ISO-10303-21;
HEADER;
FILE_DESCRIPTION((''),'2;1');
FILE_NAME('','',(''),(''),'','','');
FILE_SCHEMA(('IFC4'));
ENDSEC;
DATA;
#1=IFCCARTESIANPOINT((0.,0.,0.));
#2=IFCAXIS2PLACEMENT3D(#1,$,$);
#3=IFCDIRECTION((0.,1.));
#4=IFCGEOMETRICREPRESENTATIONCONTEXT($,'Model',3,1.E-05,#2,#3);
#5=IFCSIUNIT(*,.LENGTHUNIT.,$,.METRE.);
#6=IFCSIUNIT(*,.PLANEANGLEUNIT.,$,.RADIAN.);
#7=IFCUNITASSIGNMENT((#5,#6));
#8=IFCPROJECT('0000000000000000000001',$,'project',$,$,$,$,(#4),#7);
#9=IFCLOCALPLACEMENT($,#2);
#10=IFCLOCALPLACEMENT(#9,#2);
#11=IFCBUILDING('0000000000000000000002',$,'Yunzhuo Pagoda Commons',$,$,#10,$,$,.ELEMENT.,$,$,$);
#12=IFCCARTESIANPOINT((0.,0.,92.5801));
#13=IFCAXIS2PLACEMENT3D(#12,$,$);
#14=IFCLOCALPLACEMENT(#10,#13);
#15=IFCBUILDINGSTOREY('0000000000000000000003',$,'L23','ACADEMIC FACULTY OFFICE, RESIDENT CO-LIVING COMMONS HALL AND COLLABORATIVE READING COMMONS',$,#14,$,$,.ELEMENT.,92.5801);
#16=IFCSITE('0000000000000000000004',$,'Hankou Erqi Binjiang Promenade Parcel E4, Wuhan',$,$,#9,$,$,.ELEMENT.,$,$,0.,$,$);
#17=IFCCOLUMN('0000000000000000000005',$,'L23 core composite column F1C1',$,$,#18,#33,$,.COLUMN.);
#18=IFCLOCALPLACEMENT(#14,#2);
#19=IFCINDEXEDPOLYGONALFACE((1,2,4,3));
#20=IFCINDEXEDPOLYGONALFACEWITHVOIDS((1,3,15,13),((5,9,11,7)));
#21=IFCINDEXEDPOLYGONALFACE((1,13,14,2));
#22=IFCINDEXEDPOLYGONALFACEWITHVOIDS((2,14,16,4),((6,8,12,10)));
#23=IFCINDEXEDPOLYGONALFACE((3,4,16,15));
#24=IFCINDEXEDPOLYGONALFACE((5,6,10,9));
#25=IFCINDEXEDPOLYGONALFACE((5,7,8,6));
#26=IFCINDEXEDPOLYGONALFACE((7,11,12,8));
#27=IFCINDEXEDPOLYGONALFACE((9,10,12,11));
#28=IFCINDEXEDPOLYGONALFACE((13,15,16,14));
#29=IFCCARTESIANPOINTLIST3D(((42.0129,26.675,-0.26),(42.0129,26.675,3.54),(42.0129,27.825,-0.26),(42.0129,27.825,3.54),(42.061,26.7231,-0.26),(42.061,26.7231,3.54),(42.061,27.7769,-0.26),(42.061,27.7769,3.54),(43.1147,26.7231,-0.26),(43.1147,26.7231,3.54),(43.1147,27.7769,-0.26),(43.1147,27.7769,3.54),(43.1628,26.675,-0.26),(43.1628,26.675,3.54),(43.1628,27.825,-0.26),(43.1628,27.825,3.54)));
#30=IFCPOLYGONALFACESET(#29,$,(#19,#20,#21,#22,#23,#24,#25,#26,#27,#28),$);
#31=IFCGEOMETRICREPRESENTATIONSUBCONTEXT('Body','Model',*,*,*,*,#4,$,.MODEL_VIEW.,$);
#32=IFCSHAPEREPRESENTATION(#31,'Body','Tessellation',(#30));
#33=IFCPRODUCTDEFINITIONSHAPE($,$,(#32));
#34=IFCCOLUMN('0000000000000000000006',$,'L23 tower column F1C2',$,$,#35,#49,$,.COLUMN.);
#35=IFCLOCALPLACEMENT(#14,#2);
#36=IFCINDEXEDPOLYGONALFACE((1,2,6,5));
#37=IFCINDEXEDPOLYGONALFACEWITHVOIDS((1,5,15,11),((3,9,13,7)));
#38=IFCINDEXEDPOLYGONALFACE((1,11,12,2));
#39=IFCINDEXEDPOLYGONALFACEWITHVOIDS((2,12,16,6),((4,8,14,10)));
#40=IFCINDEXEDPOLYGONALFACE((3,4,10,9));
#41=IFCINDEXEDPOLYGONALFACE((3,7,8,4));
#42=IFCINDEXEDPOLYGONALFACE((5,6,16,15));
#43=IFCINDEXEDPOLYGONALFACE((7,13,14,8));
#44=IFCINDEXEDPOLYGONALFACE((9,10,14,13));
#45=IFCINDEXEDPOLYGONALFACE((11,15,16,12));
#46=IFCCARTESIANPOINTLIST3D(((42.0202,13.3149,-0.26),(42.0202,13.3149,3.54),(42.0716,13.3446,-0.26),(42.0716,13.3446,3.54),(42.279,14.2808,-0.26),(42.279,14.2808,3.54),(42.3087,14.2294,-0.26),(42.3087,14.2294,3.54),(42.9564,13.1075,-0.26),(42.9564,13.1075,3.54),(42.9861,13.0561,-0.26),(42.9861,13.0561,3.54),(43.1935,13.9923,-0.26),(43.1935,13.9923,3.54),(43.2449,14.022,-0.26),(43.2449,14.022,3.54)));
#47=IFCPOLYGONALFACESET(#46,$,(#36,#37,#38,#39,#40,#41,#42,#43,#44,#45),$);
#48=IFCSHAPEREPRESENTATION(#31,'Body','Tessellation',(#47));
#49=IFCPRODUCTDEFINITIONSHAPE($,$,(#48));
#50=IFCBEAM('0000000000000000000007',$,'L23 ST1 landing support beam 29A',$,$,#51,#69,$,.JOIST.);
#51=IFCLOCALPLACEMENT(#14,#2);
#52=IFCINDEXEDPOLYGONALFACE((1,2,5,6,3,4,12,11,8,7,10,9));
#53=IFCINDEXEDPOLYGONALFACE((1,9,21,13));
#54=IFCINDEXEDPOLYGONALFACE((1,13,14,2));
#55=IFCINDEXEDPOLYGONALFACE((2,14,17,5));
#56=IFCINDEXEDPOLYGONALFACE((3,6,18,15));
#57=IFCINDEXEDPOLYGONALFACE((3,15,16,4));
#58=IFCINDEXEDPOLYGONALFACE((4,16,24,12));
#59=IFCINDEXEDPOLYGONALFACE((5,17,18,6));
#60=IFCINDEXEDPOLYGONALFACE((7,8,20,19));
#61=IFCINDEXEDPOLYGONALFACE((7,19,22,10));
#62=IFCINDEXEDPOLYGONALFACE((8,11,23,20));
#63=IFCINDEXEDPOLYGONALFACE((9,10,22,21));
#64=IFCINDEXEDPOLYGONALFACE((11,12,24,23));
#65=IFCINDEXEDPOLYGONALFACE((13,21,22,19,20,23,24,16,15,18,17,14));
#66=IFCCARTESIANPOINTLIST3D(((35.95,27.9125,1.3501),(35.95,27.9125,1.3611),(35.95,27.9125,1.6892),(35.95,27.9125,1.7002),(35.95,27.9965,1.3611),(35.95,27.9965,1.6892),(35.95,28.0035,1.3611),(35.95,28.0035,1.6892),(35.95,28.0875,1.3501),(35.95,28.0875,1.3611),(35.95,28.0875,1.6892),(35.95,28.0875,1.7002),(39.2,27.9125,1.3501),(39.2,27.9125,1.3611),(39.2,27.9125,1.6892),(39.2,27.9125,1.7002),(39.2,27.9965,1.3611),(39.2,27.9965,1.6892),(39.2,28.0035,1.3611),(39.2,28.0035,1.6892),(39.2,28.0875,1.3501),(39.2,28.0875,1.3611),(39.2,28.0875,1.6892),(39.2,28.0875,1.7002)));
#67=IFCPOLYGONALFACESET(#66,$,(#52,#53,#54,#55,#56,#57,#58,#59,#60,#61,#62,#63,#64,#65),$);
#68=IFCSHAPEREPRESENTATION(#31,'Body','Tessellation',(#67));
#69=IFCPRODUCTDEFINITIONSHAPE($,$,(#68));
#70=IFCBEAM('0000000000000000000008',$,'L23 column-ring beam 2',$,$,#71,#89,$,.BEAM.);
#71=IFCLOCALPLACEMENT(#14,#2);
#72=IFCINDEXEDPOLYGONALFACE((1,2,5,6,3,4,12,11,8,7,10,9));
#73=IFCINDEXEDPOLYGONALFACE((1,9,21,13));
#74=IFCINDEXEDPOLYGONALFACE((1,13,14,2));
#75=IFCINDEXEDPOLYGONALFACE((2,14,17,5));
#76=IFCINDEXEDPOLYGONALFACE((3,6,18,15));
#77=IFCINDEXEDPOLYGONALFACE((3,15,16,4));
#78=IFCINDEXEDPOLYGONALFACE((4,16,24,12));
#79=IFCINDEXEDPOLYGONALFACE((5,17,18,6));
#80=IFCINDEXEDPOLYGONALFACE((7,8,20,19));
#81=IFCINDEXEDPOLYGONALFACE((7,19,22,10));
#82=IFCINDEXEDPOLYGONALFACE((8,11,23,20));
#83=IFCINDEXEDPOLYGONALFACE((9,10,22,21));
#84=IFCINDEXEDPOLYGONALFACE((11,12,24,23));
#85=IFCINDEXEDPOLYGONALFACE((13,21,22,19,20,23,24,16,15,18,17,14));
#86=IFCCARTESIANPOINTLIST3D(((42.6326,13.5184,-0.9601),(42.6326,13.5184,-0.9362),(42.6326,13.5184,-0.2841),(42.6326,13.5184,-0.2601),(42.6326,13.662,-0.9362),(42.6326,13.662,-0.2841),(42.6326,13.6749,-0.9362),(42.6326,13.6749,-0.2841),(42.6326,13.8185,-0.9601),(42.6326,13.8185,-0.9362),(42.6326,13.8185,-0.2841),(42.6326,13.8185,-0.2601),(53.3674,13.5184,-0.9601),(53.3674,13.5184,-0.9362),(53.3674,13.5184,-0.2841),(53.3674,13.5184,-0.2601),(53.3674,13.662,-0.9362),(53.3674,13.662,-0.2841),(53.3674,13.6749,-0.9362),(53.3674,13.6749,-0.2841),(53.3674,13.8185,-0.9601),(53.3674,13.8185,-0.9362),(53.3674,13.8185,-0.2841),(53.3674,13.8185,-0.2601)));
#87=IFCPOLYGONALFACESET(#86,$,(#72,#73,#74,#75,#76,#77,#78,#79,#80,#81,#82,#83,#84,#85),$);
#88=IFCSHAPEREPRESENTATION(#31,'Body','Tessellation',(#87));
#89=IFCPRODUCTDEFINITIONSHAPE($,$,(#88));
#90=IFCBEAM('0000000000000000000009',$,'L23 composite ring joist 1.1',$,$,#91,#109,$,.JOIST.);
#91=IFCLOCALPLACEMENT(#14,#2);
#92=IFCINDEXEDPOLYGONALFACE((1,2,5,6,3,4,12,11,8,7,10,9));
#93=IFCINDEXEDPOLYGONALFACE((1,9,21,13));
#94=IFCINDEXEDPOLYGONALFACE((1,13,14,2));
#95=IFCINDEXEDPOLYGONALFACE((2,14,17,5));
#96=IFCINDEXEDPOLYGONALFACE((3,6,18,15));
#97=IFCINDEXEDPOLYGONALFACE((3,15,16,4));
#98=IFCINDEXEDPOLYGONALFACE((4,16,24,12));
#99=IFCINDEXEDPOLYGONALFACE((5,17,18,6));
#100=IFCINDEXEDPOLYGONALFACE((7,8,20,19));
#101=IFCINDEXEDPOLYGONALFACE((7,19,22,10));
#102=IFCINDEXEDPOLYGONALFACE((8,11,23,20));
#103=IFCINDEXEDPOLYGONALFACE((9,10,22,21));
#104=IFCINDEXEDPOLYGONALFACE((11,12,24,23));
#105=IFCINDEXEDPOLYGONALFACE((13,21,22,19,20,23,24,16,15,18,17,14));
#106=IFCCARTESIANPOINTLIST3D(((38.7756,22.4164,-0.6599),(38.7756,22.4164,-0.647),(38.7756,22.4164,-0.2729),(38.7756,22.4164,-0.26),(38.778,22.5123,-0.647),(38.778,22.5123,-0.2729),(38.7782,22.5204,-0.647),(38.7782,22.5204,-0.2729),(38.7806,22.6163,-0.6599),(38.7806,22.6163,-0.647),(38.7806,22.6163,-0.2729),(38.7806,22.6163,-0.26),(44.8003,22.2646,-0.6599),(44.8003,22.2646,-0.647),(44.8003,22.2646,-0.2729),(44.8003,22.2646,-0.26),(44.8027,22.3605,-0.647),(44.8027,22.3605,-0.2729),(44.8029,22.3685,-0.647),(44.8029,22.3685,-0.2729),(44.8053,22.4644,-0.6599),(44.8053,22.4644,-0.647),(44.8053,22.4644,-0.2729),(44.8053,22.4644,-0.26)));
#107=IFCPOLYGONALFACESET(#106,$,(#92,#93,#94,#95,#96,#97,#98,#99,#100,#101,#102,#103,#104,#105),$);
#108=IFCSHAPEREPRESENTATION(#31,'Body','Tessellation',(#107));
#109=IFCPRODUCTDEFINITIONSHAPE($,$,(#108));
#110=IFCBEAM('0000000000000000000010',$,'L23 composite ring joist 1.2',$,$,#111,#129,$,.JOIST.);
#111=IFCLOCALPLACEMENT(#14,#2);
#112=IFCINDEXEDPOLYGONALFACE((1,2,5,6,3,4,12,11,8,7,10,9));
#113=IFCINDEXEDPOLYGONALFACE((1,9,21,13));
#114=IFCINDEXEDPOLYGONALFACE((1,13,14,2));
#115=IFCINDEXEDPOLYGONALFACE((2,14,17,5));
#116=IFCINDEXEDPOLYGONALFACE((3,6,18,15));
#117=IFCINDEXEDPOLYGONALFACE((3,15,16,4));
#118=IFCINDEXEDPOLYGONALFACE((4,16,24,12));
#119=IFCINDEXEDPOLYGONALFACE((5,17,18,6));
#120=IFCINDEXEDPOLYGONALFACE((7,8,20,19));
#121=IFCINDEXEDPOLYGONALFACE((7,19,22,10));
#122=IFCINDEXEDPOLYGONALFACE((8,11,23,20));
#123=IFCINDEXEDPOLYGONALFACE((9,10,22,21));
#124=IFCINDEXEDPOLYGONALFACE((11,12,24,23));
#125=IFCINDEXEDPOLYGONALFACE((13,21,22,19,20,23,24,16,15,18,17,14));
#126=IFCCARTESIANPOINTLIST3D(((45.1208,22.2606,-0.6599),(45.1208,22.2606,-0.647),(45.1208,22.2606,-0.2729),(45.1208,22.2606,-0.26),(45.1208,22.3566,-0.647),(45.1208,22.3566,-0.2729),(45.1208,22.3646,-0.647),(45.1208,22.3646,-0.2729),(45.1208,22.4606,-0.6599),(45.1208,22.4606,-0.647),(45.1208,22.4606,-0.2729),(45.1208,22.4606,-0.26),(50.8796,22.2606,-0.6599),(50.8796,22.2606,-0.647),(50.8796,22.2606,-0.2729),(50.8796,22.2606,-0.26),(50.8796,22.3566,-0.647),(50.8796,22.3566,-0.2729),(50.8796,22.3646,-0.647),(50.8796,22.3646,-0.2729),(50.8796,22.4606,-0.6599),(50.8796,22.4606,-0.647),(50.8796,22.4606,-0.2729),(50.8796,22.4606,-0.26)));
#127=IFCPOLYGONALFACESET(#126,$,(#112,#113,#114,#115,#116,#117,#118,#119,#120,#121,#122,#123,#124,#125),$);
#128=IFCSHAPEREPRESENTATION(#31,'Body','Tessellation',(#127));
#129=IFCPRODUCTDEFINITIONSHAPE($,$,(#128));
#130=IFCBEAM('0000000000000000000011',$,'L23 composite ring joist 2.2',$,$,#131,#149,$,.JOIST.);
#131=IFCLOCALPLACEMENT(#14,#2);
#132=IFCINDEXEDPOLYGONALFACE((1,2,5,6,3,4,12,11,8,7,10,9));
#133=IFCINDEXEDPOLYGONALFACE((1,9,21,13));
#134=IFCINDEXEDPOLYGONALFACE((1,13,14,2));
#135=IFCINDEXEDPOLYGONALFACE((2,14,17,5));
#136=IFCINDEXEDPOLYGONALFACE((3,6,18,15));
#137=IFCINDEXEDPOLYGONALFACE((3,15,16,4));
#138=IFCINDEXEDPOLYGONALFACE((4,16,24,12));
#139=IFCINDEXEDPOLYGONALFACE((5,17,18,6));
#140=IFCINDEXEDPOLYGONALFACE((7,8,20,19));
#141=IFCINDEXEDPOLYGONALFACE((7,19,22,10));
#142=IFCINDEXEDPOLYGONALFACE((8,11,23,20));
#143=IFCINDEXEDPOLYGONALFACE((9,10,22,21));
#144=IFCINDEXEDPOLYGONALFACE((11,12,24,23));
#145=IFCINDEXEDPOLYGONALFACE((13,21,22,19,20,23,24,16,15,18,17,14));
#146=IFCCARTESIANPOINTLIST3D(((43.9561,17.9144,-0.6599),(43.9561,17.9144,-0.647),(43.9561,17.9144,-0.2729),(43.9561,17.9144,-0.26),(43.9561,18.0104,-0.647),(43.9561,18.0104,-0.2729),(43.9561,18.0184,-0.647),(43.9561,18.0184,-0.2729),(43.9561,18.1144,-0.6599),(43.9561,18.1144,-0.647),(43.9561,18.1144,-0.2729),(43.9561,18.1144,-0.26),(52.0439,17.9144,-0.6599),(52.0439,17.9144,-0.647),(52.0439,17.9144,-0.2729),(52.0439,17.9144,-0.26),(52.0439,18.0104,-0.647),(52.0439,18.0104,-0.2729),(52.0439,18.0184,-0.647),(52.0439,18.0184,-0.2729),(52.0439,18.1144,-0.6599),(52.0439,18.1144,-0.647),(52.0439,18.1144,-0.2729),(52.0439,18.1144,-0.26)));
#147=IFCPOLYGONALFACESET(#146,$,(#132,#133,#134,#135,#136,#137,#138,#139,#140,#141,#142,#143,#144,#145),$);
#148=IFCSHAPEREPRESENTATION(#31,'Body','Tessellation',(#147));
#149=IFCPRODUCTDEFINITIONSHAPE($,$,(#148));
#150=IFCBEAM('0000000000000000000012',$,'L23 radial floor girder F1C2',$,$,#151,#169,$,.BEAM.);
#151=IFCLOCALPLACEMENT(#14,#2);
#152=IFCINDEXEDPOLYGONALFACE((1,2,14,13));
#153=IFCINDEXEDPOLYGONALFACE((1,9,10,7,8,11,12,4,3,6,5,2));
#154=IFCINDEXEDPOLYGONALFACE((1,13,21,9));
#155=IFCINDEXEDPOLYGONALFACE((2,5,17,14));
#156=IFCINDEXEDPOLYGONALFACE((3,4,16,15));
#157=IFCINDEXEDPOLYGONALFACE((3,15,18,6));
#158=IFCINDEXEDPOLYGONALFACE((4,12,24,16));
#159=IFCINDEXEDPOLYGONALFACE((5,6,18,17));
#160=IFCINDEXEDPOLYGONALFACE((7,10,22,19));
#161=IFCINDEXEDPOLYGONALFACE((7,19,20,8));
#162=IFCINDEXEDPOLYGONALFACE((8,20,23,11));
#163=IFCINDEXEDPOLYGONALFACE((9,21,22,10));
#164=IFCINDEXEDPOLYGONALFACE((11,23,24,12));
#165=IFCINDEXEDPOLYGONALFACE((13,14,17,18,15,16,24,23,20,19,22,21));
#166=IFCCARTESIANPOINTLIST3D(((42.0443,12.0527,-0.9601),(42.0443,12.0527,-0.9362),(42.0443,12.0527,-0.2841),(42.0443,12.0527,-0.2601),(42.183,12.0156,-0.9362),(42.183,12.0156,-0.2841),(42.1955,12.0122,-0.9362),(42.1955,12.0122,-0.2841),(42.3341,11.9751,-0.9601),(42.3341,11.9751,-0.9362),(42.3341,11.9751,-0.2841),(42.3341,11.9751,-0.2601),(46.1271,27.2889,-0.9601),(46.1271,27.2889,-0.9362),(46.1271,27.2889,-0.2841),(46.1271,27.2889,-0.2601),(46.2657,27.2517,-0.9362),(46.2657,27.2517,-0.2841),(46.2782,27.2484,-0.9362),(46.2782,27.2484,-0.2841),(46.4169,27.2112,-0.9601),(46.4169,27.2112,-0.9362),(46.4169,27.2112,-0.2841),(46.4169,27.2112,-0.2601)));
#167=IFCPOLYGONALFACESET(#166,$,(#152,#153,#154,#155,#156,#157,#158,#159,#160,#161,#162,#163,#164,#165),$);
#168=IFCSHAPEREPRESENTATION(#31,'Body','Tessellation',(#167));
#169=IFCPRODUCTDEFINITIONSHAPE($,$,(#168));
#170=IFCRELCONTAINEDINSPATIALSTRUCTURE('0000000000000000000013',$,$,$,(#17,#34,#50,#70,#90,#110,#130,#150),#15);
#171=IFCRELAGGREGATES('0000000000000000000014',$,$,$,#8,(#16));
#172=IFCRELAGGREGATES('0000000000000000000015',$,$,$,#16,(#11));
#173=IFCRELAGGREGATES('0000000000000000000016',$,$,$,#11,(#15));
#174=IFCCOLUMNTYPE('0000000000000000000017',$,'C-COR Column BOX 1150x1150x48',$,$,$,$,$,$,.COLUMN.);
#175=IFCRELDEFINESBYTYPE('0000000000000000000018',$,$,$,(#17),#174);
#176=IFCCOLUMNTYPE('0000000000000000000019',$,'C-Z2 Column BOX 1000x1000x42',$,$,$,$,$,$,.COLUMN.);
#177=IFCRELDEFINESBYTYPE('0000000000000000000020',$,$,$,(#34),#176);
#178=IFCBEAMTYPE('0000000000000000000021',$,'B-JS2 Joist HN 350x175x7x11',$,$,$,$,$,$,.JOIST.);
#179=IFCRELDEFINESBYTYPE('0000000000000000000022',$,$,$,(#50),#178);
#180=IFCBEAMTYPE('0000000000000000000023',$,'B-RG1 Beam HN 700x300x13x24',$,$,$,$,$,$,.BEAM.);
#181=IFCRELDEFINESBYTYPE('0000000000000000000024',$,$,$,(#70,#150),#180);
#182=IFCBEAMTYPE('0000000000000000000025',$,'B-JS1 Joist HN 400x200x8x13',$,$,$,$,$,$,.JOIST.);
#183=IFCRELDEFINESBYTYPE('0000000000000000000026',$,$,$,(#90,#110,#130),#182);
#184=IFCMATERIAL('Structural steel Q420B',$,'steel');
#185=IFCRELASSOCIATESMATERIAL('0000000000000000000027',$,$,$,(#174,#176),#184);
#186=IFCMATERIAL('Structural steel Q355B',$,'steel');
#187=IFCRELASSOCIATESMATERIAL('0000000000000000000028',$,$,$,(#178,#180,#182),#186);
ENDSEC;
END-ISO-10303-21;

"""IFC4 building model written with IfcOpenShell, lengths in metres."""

from ifc_helpers import new_model, si_unit, direction, frame, origin, origin_2d, place, context, subcontext, project, spatial, hollow_rectangle, i_section, extrude, source, transform, mapped, material, material_profile, profile_set, type_object, element, save


model = new_model("IFC4")

# Units and contexts
model_context = context("Model", 3, precision=1e-05, world=origin(), true_north=direction((0.0, 1.0)))
body_context = subcontext(model_context, "Body", "Model", "MODEL_VIEW")
ifc_project = project(units=[si_unit("LENGTHUNIT", "METRE"), si_unit("PLANEANGLEUNIT", "RADIAN")], contexts=[model_context])

# Site, building, storey
site_placement = place(None, origin())
site = spatial("IfcSite", under=ifc_project, at=site_placement, Name="Hankou Erqi Binjiang Promenade Parcel E4, Wuhan", CompositionType="ELEMENT", RefElevation=0.0)
building_placement = place(site_placement, origin())
building = spatial("IfcBuilding", under=site, at=building_placement, Name="Yunzhuo Pagoda Commons", CompositionType="ELEMENT")
storey_placement = place(building_placement, frame((0.0, 0.0, 92.5801)))
storey = spatial("IfcBuildingStorey", under=building, at=storey_placement, Name="L23", Description="ACADEMIC FACULTY OFFICE, RESIDENT CO-LIVING COMMONS HALL AND COLLABORATIVE READING COMMONS", CompositionType="ELEMENT", Elevation=92.5801)

# Columns
ifc_material_1 = material(Name="Structural steel Q420B", Category="steel")
ifc_material_profile_1 = material_profile(ifc_material_1, hollow_rectangle(XDim=1.1499, YDim=1.1499, WallThickness=0.0481, at=origin_2d()), Name="Structural steel Q420B")
ifc_profile_set_1 = profile_set([ifc_material_profile_1], Name="Structural steel Q420B")
column_type_1 = type_object("IfcColumnType", Name="C-COR Column BOX 1150x1150x48", PredefinedType="COLUMN", material=ifc_profile_set_1)
shared_shape_1 = source(origin(), body_context, "Body", "SweptSolid", [
    extrude(hollow_rectangle(XDim=1.1499, YDim=1.1499, WallThickness=0.0481, at=origin_2d()), origin(), (0.0, 0.0, 1.0), 3.8),
])
column_1_placement = place(storey_placement, frame((42.5879, 27.25, -0.26), z_axis=(0.0, 0.0, 1.0), x_axis=(1.0, 0.0, 0.0)))
element("IfcColumn", 1, at=column_1_placement, inside=storey, type_object=column_type_1, Name="L23 core composite column F1C1", PredefinedType="COLUMN", context=body_context, shape_type="MappedRepresentation", body=[
    mapped(shared_shape_1, transform((0.0, 0.0, 0.0), scale=1.0)),
])
ifc_material_profile_2 = material_profile(ifc_material_1, hollow_rectangle(XDim=1.0, YDim=1.0, WallThickness=0.042, at=origin_2d()), Name="Structural steel Q420B")
ifc_profile_set_2 = profile_set([ifc_material_profile_2], Name="Structural steel Q420B")
column_type_2 = type_object("IfcColumnType", Name="C-Z2 Column BOX 1000x1000x42", PredefinedType="COLUMN", material=ifc_profile_set_2)
shared_shape_2 = source(origin(), body_context, "Body", "SweptSolid", [
    extrude(hollow_rectangle(XDim=1.0, YDim=1.0, WallThickness=0.042, at=origin_2d()), origin(), (0.0, 0.0, 1.0), 3.8),
])
column_2_placement = place(storey_placement, frame((42.6326, 13.6685, -0.26), z_axis=(0.0, 0.0, 1.0), x_axis=(0.965926, -0.258819, 0.0)))
element("IfcColumn", 2, at=column_2_placement, inside=storey, type_object=column_type_2, Name="L23 tower column F1C2", PredefinedType="COLUMN", context=body_context, shape_type="MappedRepresentation", body=[
    mapped(shared_shape_2, transform((0.0, 0.0, 0.0), scale=1.0)),
])

# Beams
ifc_material_2 = material(Name="Structural steel Q355B", Category="steel")
ifc_material_profile_3 = material_profile(ifc_material_2, i_section(OverallWidth=0.175, OverallDepth=0.3501, WebThickness=0.0071, FlangeThickness=0.011, at=origin_2d()), Name="Structural steel Q355B")
ifc_profile_set_3 = profile_set([ifc_material_profile_3], Name="Structural steel Q355B")
beam_type_1 = type_object("IfcBeamType", Name="B-JS2 Joist HN 350x175x7x11", PredefinedType="JOIST", material=ifc_profile_set_3)
shared_shape_3 = source(origin(), body_context, "Body", "SweptSolid", [
    extrude(i_section(OverallWidth=0.175, OverallDepth=0.3501, WebThickness=0.0071, FlangeThickness=0.011, at=origin_2d()), origin(), (0.0, 0.0, 1.0), 3.25),
])
beam_1_placement = place(storey_placement, frame((35.95, 28.0, 1.5251), z_axis=(1.0, 0.0, 0.0), x_axis=(0.0, 1.0, 0.0)))
element("IfcBeam", 3, at=beam_1_placement, inside=storey, type_object=beam_type_1, Name="L23 ST1 landing support beam 29A", PredefinedType="JOIST", context=body_context, shape_type="MappedRepresentation", body=[
    mapped(shared_shape_3, transform((0.0, 0.0, 0.0), scale=1.0)),
])
ifc_material_profile_4 = material_profile(ifc_material_2, i_section(OverallWidth=0.3, OverallDepth=0.7, WebThickness=0.0129, FlangeThickness=0.0239, at=origin_2d()), Name="Structural steel Q355B")
ifc_profile_set_4 = profile_set([ifc_material_profile_4], Name="Structural steel Q355B")
beam_type_2 = type_object("IfcBeamType", Name="B-RG1 Beam HN 700x300x13x24", PredefinedType="BEAM", material=ifc_profile_set_4)
shared_shape_4 = source(origin(), body_context, "Body", "SweptSolid", [
    extrude(i_section(OverallWidth=0.3, OverallDepth=0.7, WebThickness=0.0129, FlangeThickness=0.0239, at=origin_2d()), origin(), (0.0, 0.0, 1.0), 10.7349),
])
beam_2_placement = place(storey_placement, frame((42.6326, 13.6685, -0.6101), z_axis=(1.0, 0.0, 0.0), x_axis=(0.0, 1.0, 0.0)))
element("IfcBeam", 4, at=beam_2_placement, inside=storey, type_object=beam_type_2, Name="L23 column-ring beam 2", PredefinedType="BEAM", context=body_context, shape_type="MappedRepresentation", body=[
    mapped(shared_shape_4, transform((0.0, 0.0, 0.0), scale=1.0)),
])
ifc_material_profile_5 = material_profile(ifc_material_2, i_section(OverallWidth=0.2, OverallDepth=0.3999, WebThickness=0.0081, FlangeThickness=0.0129, at=origin_2d()), Name="Structural steel Q355B")
ifc_profile_set_5 = profile_set([ifc_material_profile_5], Name="Structural steel Q355B")
beam_type_3 = type_object("IfcBeamType", Name="B-JS1 Joist HN 400x200x8x13", PredefinedType="JOIST", material=ifc_profile_set_5)
shared_shape_5 = source(origin(), body_context, "Body", "SweptSolid", [
    extrude(i_section(OverallWidth=0.2, OverallDepth=0.3999, WebThickness=0.0081, FlangeThickness=0.0129, at=origin_2d()), origin(), (0.0, 0.0, 1.0), 6.0266),
])
beam_3_placement = place(storey_placement, frame((38.7781, 22.5164, -0.46), z_axis=(0.999682, -0.025198, 0.0), x_axis=(0.025198, 0.999682, 0.0)))
element("IfcBeam", 5, at=beam_3_placement, inside=storey, type_object=beam_type_3, Name="L23 composite ring joist 1.1", PredefinedType="JOIST", context=body_context, shape_type="MappedRepresentation", body=[
    mapped(shared_shape_5, transform((0.0, 0.0, 0.0), scale=1.0)),
])
shared_shape_6 = source(origin(), body_context, "Body", "SweptSolid", [
    extrude(i_section(OverallWidth=0.2, OverallDepth=0.3999, WebThickness=0.0081, FlangeThickness=0.0129, at=origin_2d()), origin(), (0.0, 0.0, 1.0), 5.7588),
])
beam_4_placement = place(storey_placement, frame((45.1208, 22.3606, -0.46), z_axis=(1.0, 0.0, 0.0), x_axis=(0.0, 1.0, 0.0)))
element("IfcBeam", 6, at=beam_4_placement, inside=storey, type_object=beam_type_3, Name="L23 composite ring joist 1.2", PredefinedType="JOIST", context=body_context, shape_type="MappedRepresentation", body=[
    mapped(shared_shape_6, transform((0.0, 0.0, 0.0), scale=1.0)),
])
shared_shape_7 = source(origin(), body_context, "Body", "SweptSolid", [
    extrude(i_section(OverallWidth=0.2, OverallDepth=0.3999, WebThickness=0.0081, FlangeThickness=0.0129, at=origin_2d()), origin(), (0.0, 0.0, 1.0), 8.0879),
])
beam_5_placement = place(storey_placement, frame((43.9561, 18.0144, -0.46), z_axis=(1.0, 0.0, 0.0), x_axis=(0.0, 1.0, 0.0)))
element("IfcBeam", 7, at=beam_5_placement, inside=storey, type_object=beam_type_3, Name="L23 composite ring joist 2.2", PredefinedType="JOIST", context=body_context, shape_type="MappedRepresentation", body=[
    mapped(shared_shape_7, transform((0.0, 0.0, 0.0), scale=1.0)),
])
shared_shape_8 = source(origin(), body_context, "Body", "SweptSolid", [
    extrude(i_section(OverallWidth=0.3, OverallDepth=0.7, WebThickness=0.0129, FlangeThickness=0.0239, at=origin_2d()), origin(), (0.0, 0.0, 1.0), 15.7737),
])
beam_6_placement = place(storey_placement, frame((42.1892, 12.0139, -0.6101), z_axis=(0.258835, 0.965922, 0.0), x_axis=(-0.965922, 0.258835, 0.0)))
element("IfcBeam", 8, at=beam_6_placement, inside=storey, type_object=beam_type_2, Name="L23 radial floor girder F1C2", PredefinedType="BEAM", context=body_context, shape_type="MappedRepresentation", body=[
    mapped(shared_shape_8, transform((0.0, 0.0, 0.0), scale=1.0)),
])

save(model, "model.ifc")
